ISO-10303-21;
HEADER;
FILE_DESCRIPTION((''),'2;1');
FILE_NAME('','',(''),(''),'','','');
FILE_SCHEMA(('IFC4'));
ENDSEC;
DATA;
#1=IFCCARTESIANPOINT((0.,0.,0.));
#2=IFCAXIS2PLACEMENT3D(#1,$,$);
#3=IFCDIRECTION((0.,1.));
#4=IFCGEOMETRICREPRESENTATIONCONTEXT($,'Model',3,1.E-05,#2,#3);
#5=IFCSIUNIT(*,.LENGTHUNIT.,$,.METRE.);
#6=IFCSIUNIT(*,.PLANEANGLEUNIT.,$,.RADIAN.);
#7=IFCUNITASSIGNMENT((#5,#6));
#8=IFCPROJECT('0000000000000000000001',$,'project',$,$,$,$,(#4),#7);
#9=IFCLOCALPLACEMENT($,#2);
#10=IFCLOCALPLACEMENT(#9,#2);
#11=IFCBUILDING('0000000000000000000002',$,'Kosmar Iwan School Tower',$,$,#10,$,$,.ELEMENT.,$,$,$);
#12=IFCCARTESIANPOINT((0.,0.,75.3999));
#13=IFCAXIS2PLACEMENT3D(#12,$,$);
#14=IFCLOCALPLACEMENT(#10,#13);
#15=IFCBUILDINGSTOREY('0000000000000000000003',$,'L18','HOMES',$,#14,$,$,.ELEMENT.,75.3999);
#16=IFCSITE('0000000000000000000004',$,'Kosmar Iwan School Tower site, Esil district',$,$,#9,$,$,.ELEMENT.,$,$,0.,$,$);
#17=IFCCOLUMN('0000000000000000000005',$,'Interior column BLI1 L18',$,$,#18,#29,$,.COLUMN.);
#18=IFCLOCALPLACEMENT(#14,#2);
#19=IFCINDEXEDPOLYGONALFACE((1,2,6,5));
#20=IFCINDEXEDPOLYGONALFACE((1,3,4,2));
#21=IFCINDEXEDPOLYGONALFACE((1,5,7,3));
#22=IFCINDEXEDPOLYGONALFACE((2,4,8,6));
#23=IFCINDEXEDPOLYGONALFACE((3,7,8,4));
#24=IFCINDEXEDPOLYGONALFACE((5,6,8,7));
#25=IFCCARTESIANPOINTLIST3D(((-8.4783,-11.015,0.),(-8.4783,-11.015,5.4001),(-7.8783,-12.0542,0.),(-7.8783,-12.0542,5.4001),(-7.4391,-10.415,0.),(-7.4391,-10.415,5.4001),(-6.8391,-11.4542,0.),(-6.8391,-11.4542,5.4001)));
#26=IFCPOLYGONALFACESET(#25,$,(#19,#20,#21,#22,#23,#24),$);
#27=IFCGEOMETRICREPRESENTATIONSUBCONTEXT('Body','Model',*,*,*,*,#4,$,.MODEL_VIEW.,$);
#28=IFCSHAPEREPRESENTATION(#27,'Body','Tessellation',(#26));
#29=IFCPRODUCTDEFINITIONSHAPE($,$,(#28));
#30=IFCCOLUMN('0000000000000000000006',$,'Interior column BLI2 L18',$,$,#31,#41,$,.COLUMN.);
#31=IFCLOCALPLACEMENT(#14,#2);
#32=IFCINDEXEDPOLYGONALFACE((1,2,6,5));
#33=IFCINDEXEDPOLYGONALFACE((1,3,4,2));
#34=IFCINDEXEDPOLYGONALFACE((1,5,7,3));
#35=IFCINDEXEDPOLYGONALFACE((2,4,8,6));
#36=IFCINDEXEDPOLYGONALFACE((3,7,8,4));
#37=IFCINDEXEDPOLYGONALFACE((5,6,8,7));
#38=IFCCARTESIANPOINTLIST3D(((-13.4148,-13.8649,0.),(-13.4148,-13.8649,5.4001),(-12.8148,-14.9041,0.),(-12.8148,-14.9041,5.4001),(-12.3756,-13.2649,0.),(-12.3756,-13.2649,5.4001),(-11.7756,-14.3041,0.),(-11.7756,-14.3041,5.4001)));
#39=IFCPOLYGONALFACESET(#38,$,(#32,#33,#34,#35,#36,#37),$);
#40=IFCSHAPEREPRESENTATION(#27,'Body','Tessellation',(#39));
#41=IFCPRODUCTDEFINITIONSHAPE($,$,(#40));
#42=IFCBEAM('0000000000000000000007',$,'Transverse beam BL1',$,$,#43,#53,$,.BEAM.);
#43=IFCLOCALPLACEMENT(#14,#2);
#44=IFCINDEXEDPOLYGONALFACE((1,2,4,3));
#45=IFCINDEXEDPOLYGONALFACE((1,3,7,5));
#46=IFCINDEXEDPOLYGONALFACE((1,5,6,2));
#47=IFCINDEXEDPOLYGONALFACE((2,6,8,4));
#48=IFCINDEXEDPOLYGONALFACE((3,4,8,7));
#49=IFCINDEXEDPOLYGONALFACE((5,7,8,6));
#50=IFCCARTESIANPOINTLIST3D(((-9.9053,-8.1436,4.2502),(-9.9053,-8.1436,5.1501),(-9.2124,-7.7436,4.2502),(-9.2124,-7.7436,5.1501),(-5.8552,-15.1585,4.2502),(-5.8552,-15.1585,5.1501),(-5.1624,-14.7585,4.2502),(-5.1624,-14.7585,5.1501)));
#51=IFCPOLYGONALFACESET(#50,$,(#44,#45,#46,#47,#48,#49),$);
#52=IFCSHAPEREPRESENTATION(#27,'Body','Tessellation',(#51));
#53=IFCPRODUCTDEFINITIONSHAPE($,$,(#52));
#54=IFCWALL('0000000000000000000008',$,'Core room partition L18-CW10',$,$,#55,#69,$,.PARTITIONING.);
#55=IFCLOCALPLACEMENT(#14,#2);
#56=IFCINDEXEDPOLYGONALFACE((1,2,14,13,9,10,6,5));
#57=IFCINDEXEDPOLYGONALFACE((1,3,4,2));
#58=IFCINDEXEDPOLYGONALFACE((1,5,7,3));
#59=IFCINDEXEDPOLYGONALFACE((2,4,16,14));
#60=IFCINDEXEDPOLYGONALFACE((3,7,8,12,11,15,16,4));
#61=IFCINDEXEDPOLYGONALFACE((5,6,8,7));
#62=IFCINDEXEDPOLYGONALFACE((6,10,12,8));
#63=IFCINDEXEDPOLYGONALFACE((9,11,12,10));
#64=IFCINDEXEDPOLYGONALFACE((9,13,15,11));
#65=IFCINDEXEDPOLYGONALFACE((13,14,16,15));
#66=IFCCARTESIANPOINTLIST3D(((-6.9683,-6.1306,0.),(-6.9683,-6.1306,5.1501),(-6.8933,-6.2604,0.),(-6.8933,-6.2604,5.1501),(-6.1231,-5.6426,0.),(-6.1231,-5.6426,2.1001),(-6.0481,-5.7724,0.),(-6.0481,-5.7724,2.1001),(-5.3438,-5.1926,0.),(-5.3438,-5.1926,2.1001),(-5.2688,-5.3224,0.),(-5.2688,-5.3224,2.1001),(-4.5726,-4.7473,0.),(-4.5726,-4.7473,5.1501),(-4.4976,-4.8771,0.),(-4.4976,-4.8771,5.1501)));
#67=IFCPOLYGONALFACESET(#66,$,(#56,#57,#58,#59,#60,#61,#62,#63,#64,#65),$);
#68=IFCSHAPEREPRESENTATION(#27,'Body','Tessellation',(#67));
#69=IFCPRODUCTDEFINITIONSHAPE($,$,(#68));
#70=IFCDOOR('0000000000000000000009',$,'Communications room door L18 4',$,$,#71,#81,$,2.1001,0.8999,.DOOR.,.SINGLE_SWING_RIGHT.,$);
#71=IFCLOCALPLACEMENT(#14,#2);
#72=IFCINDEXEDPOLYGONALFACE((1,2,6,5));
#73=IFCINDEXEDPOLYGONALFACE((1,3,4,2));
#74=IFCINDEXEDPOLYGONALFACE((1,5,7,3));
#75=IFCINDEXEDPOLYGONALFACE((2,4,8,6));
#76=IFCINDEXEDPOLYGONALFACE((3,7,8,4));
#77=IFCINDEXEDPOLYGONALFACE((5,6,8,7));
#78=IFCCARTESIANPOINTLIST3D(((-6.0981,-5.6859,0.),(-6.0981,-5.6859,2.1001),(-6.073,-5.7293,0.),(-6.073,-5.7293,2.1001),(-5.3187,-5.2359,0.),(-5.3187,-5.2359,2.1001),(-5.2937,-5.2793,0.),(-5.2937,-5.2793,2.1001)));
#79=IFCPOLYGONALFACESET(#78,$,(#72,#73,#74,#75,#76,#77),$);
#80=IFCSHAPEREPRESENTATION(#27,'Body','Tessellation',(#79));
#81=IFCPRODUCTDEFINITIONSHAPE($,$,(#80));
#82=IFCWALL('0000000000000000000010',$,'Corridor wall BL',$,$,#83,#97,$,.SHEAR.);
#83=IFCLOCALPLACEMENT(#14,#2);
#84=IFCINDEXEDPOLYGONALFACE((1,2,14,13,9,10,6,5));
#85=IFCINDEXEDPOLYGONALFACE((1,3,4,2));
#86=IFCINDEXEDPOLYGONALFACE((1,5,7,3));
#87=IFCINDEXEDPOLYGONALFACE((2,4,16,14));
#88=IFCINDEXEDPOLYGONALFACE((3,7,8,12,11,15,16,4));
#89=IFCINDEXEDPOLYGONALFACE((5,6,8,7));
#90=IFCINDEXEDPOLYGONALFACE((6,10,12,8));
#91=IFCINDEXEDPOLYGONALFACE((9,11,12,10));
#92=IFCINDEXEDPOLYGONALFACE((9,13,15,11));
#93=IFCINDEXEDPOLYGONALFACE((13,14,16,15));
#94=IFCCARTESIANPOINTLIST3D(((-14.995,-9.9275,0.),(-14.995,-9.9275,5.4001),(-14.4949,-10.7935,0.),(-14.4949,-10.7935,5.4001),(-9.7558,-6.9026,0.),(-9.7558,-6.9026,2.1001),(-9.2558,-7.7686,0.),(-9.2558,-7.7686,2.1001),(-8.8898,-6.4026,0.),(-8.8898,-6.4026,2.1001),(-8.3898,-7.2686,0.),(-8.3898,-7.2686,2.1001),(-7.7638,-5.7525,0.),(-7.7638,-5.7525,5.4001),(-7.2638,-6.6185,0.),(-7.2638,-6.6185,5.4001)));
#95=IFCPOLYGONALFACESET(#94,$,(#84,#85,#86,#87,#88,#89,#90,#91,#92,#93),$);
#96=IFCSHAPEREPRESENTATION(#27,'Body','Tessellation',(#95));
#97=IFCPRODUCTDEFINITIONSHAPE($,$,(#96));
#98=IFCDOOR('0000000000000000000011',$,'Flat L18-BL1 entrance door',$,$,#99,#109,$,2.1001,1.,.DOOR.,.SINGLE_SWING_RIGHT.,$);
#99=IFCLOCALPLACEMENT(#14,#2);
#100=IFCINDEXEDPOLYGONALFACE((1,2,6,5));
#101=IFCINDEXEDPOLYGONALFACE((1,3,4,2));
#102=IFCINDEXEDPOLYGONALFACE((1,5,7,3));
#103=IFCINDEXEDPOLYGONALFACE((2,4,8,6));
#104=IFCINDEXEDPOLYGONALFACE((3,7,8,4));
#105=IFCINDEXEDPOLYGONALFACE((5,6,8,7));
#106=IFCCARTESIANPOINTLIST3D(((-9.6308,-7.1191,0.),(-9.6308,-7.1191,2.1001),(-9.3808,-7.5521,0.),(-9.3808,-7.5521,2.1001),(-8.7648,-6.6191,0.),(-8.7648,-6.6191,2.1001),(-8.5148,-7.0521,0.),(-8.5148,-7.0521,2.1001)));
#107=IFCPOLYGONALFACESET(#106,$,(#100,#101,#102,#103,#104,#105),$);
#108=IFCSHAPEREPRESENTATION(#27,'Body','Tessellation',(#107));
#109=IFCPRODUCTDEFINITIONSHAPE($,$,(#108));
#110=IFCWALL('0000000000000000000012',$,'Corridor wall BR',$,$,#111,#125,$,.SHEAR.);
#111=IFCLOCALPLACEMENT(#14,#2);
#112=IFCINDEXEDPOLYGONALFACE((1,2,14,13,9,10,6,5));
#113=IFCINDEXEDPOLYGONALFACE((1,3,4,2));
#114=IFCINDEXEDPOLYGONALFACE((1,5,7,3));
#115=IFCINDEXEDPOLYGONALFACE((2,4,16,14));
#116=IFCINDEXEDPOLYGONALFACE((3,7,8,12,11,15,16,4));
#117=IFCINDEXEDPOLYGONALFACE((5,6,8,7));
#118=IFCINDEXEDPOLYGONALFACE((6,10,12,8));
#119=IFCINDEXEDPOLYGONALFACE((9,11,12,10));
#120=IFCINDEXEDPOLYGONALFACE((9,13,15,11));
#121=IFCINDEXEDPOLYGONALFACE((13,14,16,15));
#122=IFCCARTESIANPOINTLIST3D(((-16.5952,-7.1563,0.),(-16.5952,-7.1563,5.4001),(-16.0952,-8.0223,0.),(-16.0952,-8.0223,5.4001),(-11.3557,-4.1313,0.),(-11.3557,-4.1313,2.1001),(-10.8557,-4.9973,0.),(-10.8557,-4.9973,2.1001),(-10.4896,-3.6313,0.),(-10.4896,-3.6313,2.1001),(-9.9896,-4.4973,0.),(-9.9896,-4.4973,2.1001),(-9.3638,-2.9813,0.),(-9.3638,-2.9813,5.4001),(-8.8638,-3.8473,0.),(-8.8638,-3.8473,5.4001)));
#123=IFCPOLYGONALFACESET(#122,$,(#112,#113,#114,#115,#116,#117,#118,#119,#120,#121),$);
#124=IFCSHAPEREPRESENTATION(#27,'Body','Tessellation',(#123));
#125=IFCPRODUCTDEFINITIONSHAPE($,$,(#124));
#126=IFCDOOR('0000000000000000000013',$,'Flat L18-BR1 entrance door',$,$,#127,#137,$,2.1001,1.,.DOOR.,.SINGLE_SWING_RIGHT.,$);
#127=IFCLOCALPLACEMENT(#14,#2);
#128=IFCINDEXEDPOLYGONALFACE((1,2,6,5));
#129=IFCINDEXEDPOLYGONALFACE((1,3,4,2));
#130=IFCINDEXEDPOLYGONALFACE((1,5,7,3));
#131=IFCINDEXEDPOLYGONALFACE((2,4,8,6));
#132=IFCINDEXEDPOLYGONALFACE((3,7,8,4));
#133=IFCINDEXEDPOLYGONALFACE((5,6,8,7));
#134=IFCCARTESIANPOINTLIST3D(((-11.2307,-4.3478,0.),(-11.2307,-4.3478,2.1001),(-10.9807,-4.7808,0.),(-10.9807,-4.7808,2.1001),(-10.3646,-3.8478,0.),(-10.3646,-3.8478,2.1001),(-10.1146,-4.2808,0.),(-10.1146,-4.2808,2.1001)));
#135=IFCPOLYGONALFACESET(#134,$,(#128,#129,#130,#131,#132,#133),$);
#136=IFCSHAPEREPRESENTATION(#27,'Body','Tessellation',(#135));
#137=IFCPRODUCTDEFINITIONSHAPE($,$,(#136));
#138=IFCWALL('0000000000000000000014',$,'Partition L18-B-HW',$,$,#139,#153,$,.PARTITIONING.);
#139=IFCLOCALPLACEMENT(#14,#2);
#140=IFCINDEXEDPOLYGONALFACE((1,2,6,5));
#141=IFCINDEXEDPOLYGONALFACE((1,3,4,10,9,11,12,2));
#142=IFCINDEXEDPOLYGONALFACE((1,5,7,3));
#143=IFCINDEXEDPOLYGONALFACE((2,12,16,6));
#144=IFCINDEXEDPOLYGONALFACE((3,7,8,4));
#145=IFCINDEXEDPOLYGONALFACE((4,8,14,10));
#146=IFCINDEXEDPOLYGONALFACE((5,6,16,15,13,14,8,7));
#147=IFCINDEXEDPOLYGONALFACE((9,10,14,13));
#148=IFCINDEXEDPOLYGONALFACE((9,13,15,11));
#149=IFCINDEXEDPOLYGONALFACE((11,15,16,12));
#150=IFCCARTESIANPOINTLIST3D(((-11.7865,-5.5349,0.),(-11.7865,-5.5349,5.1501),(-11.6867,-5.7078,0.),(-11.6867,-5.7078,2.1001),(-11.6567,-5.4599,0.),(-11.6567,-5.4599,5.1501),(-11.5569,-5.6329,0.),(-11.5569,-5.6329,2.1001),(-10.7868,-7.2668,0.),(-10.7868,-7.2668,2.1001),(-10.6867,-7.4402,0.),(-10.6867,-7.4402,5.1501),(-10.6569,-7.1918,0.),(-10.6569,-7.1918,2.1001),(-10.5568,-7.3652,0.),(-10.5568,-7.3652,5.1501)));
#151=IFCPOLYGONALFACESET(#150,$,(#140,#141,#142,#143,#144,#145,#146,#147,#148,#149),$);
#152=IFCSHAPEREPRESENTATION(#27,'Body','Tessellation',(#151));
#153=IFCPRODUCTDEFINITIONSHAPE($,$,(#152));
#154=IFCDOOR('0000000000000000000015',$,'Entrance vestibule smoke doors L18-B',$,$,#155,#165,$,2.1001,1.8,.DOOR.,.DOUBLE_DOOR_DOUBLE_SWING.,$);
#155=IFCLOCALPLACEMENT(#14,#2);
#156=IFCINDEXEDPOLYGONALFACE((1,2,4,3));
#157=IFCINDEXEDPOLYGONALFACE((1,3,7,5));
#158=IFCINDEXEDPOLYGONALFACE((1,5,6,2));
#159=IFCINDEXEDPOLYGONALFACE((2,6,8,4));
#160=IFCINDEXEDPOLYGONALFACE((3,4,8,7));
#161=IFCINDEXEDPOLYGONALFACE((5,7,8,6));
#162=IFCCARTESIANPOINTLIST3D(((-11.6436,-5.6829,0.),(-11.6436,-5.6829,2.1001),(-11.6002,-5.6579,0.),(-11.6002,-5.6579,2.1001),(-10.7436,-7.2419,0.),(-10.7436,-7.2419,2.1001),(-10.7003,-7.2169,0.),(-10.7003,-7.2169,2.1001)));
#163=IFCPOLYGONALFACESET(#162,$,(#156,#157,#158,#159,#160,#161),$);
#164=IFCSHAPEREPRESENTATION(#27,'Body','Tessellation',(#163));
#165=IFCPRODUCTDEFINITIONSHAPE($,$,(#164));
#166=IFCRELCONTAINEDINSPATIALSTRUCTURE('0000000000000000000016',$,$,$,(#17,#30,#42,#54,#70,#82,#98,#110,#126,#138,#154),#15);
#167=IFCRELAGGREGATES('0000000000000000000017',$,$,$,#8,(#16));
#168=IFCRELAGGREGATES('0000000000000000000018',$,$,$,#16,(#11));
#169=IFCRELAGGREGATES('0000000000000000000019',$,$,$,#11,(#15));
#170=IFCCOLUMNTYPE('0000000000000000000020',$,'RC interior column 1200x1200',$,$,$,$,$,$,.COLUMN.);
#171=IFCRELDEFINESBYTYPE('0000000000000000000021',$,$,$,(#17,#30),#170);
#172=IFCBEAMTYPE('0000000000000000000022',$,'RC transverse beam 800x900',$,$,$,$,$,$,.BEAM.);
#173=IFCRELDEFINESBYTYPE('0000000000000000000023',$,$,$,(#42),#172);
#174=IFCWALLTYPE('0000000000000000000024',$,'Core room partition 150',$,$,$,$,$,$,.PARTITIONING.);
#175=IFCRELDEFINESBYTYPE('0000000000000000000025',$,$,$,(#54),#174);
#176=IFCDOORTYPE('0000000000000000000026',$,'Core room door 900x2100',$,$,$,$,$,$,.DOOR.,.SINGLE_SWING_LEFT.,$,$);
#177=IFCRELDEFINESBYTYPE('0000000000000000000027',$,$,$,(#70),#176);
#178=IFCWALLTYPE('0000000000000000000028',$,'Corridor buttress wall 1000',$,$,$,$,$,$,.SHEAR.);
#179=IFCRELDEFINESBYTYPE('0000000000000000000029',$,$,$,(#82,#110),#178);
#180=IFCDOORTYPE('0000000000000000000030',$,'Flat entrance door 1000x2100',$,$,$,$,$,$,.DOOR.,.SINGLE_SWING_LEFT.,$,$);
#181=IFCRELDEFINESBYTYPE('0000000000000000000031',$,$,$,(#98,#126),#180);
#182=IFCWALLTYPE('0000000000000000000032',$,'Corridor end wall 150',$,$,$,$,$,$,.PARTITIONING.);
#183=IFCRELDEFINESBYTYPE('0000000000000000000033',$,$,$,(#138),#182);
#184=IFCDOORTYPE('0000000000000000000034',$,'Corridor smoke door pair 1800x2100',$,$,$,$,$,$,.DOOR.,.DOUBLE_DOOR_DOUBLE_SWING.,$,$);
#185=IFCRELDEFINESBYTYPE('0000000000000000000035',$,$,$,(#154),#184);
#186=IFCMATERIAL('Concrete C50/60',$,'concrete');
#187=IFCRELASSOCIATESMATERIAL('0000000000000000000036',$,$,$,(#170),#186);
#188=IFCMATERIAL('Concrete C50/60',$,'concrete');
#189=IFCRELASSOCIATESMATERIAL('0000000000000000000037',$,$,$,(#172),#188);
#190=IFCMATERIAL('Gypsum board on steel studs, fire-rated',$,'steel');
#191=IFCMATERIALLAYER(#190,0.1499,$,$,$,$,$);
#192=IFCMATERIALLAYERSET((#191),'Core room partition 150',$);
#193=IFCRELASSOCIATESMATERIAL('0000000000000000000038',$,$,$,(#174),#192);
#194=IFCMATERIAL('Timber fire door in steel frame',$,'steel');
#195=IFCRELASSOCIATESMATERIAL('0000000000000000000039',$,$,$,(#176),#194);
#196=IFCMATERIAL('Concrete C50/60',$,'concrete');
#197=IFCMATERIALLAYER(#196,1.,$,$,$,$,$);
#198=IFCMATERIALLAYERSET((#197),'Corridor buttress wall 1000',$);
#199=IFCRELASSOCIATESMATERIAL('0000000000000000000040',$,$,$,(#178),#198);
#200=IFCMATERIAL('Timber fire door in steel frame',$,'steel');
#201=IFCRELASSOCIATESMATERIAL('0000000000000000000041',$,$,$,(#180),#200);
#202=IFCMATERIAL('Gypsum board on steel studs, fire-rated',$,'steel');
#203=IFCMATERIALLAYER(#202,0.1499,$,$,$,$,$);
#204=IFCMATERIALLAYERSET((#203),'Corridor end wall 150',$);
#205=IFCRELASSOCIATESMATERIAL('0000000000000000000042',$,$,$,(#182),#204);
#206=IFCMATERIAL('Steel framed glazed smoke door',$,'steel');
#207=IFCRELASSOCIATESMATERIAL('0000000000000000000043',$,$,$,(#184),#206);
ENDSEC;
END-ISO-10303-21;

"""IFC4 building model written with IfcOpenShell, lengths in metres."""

from ifc_helpers import new_model, si_unit, direction, frame, frame_2d, origin, origin_2d, place, context, subcontext, project, spatial, rectangle, extrude, material, layer, layer_set, material_profile, profile_set, type_object, element, fill, save


model = new_model("IFC4")

# Units and contexts
model_context = context("Model", 3, precision=1e-05, world=origin(), true_north=direction((0.0, 1.0)))
body_context = subcontext(model_context, "Body", "Model", "MODEL_VIEW")
ifc_project = project(units=[si_unit("LENGTHUNIT", "METRE"), si_unit("PLANEANGLEUNIT", "RADIAN")], contexts=[model_context])

# Site, building, storey
site_placement = place(None, origin())
site = spatial("IfcSite", under=ifc_project, at=site_placement, Name="Kosmar Iwan School Tower site, Esil district", CompositionType="ELEMENT", RefElevation=0.0)
building_placement = place(site_placement, origin())
building = spatial("IfcBuilding", under=site, at=building_placement, Name="Kosmar Iwan School Tower", CompositionType="ELEMENT")
storey_placement = place(building_placement, frame((0.0, 0.0, 75.3999)))
storey = spatial("IfcBuildingStorey", under=building, at=storey_placement, Name="L18", Description="HOMES", CompositionType="ELEMENT", Elevation=75.3999)

# Columns
ifc_material_1 = material(Name="Concrete C50/60", Category="concrete")
ifc_material_profile_1 = material_profile(ifc_material_1, rectangle(XDim=1.2, YDim=1.2, at=origin_2d()), Name="RC 1200x1200")
ifc_profile_set_1 = profile_set([ifc_material_profile_1], Name="Concrete C50/60")
column_type = type_object("IfcColumnType", Name="RC interior column 1200x1200", PredefinedType="COLUMN", material=ifc_profile_set_1)
for number, where, z_axis, x_axis, name in (
    (1, (-7.6587, -11.2346, 0.0), (0.0, 0.0, 1.0), (-0.866025, -0.5, 0.0), "Interior column BLI1 L18"),
    (2, (-12.5952, -14.0845, 0.0), (0.0, 0.0, 1.0), (-0.866025, -0.5, 0.0), "Interior column BLI2 L18"),
):
    element("IfcColumn", number, at=place(storey_placement, frame(where, z_axis=z_axis, x_axis=x_axis)), inside=storey, type_object=column_type, Name=name, PredefinedType="COLUMN", context=body_context, shape_type="SweptSolid", body=[
        extrude(rectangle(XDim=1.2, YDim=1.2, at=origin_2d()), origin(), (0.0, 0.0, 1.0), 5.4001),
    ])

# Beam
ifc_material_2 = material(Name="Concrete C50/60", Category="concrete")
ifc_material_profile_2 = material_profile(ifc_material_2, rectangle(XDim=0.8, YDim=0.8999, at=origin_2d()), Name="RC 800x900")
ifc_profile_set_2 = profile_set([ifc_material_profile_2], Name="Concrete C50/60")
beam_type = type_object("IfcBeamType", Name="RC transverse beam 800x900", PredefinedType="BEAM", material=ifc_profile_set_2)
beam_placement = place(storey_placement, frame((-5.5088, -14.9585, 4.7002), z_axis=(-0.5, 0.866025, 0.0), x_axis=(-0.866025, -0.5, 0.0)))
element("IfcBeam", 3, at=beam_placement, inside=storey, type_object=beam_type, Name="Transverse beam BL1", PredefinedType="BEAM", context=body_context, shape_type="SweptSolid", body=[
    extrude(rectangle(XDim=0.8, YDim=0.8999, at=origin_2d()), origin(), (0.0, 0.0, 1.0), 8.1001),
])

# Walls, openings, doors
ifc_material_3 = material(Name="Gypsum board on steel studs, fire-rated", Category="steel")
ifc_layer_1 = layer(ifc_material_3, 0.1499)
ifc_layer_set_1 = layer_set([ifc_layer_1], Name="Core room partition 150")
wall_type_1 = type_object("IfcWallType", Name="Core room partition 150", PredefinedType="PARTITIONING", material=ifc_layer_set_1)
wall_1_placement = place(storey_placement, frame((-6.9309, -6.1956, 0.0), z_axis=(0.0, 0.0, 1.0), x_axis=(0.866008, 0.500031, 0.0)))
wall_1 = element("IfcWall", 4, at=wall_1_placement, inside=storey, type_object=wall_type_1, Name="Core room partition L18-CW10", PredefinedType="PARTITIONING", context=body_context, shape_type="SweptSolid", body=[
    extrude(rectangle(XDim=2.7664, YDim=0.1499, at=frame_2d((1.3833, 0.0))), origin(), (0.0, 0.0, 1.0), 5.1501),
])
opening_1_placement = place(wall_1_placement, frame((0.9761, 0.0, 0.0)))
opening_1 = element("IfcOpeningElement", 5, at=opening_1_placement, cuts=wall_1, PredefinedType="OPENING", context=body_context, shape_type="SweptSolid", body=[
    extrude(rectangle(XDim=0.8999, YDim=2.1001, at=frame_2d((0.45, 1.05))), frame((0.0, 0.0869, 0.0), z_axis=(0.0, -1.0, 0.0), x_axis=(1.0, 0.0, 0.0)), (0.0, 0.0, 1.0), 0.1738),
])
ifc_material_4 = material(Name="Timber fire door in steel frame", Category="steel")
door_type_1 = type_object("IfcDoorType", Name="Core room door 900x2100", OperationType="SINGLE_SWING_LEFT", PredefinedType="DOOR", material=ifc_material_4)
door_1_placement = place(opening_1_placement, origin())
door_1 = element("IfcDoor", 6, at=door_1_placement, inside=storey, type_object=door_type_1, Name="Communications room door L18 4", OperationType="SINGLE_SWING_RIGHT", OverallHeight=2.1001, OverallWidth=0.8999, PredefinedType="DOOR", context=body_context, shape_type="SweptSolid", body=[
    extrude(rectangle(XDim=0.8999, YDim=2.1001, at=frame_2d((0.45, 1.05))), frame((0.0, 0.0249, 0.0), z_axis=(0.0, -1.0, 0.0), x_axis=(1.0, 0.0, 0.0)), (0.0, 0.0, 1.0), 0.05),
])
fill(opening_1, door_1)
ifc_material_5 = material(Name="Concrete C50/60", Category="concrete")
ifc_layer_2 = layer(ifc_material_5, 1.0)
ifc_layer_set_2 = layer_set([ifc_layer_2], Name="Corridor buttress wall 1000")
wall_type_2 = type_object("IfcWallType", Name="Corridor buttress wall 1000", PredefinedType="SHEAR", material=ifc_layer_set_2)
wall_2_placement = place(storey_placement, frame((-7.5139, -6.1855, 0.0), z_axis=(0.0, 0.0, 1.0), x_axis=(-0.86602, -0.50001, 0.0)))
wall_2 = element("IfcWall", 7, at=wall_2_placement, inside=storey, type_object=wall_type_2, Name="Corridor wall BL", PredefinedType="SHEAR", context=body_context, shape_type="SweptSolid", body=[
    extrude(rectangle(XDim=8.3499, YDim=1.0, at=frame_2d((4.1748, 0.0))), origin(), (0.0, 0.0, 1.0), 5.4001),
])
opening_2_placement = place(wall_2_placement, frame((1.3, 0.0, 0.0)))
opening_2 = element("IfcOpeningElement", 8, at=opening_2_placement, cuts=wall_2, PredefinedType="OPENING", context=body_context, shape_type="SweptSolid", body=[
    extrude(rectangle(XDim=1.0, YDim=2.1001, at=frame_2d((0.5, 1.05))), frame((0.0, 0.512, 0.0), z_axis=(0.0, -1.0, 0.0), x_axis=(1.0, 0.0, 0.0)), (0.0, 0.0, 1.0), 1.0239),
])
ifc_material_6 = material(Name="Timber fire door in steel frame", Category="steel")
door_type_2 = type_object("IfcDoorType", Name="Flat entrance door 1000x2100", OperationType="SINGLE_SWING_LEFT", PredefinedType="DOOR", material=ifc_material_6)
door_2_placement = place(opening_2_placement, origin())
door_2 = element("IfcDoor", 9, at=door_2_placement, inside=storey, type_object=door_type_2, Name="Flat L18-BL1 entrance door", OperationType="SINGLE_SWING_RIGHT", OverallHeight=2.1001, OverallWidth=1.0, PredefinedType="DOOR", context=body_context, shape_type="SweptSolid", body=[
    extrude(rectangle(XDim=1.0, YDim=2.1001, at=frame_2d((0.5, 1.05))), frame((0.0, 0.25, 0.0), z_axis=(0.0, -1.0, 0.0), x_axis=(1.0, 0.0, 0.0)), (0.0, 0.0, 1.0), 0.5),
])
fill(opening_2, door_2)
wall_3_placement = place(storey_placement, frame((-9.1138, -3.4143, 0.0), z_axis=(0.0, 0.0, 1.0), x_axis=(-0.866027, -0.499997, 0.0)))
wall_3 = element("IfcWall", 10, at=wall_3_placement, inside=storey, type_object=wall_type_2, Name="Corridor wall BR", PredefinedType="SHEAR", context=body_context, shape_type="SweptSolid", body=[
    extrude(rectangle(XDim=8.3501, YDim=1.0, at=frame_2d((4.175, 0.0))), origin(), (0.0, 0.0, 1.0), 5.4001),
])
opening_3_placement = place(wall_3_placement, frame((1.3, 0.0, 0.0)))
opening_3 = element("IfcOpeningElement", 11, at=opening_3_placement, cuts=wall_3, PredefinedType="OPENING", context=body_context, shape_type="SweptSolid", body=[
    extrude(rectangle(XDim=1.0, YDim=2.1001, at=frame_2d((0.5, 1.05))), frame((0.0, 0.512, 0.0), z_axis=(0.0, -1.0, 0.0), x_axis=(1.0, 0.0, 0.0)), (0.0, 0.0, 1.0), 1.0239),
])
door_3_placement = place(opening_3_placement, origin())
door_3 = element("IfcDoor", 12, at=door_3_placement, inside=storey, type_object=door_type_2, Name="Flat L18-BR1 entrance door", OperationType="SINGLE_SWING_RIGHT", OverallHeight=2.1001, OverallWidth=1.0, PredefinedType="DOOR", context=body_context, shape_type="SweptSolid", body=[
    extrude(rectangle(XDim=1.0, YDim=2.1001, at=frame_2d((0.5, 1.05))), frame((0.0, 0.25, 0.0), z_axis=(0.0, -1.0, 0.0), x_axis=(1.0, 0.0, 0.0)), (0.0, 0.0, 1.0), 0.5),
])
fill(opening_3, door_3)
ifc_material_7 = material(Name="Gypsum board on steel studs, fire-rated", Category="steel")
ifc_layer_3 = layer(ifc_material_7, 0.1499)
ifc_layer_set_3 = layer_set([ifc_layer_3], Name="Corridor end wall 150")
wall_type_3 = type_object("IfcWallType", Name="Corridor end wall 150", PredefinedType="PARTITIONING", material=ifc_layer_set_3)
wall_4_placement = place(storey_placement, frame((-11.7217, -5.4973, 0.0), z_axis=(0.0, 0.0, 1.0), x_axis=(0.499947, -0.866056, 0.0)))
wall_4 = element("IfcWall", 13, at=wall_4_placement, inside=storey, type_object=wall_type_3, Name="Partition L18-B-HW", PredefinedType="PARTITIONING", context=body_context, shape_type="SweptSolid", body=[
    extrude(rectangle(XDim=2.2, YDim=0.1499, at=frame_2d((1.1001, 0.0))), origin(), (0.0, 0.0, 1.0), 5.1501),
])
opening_4_placement = place(wall_4_placement, frame((0.2, 0.0, 0.0)))
opening_4 = element("IfcOpeningElement", 14, at=opening_4_placement, cuts=wall_4, PredefinedType="OPENING", context=body_context, shape_type="SweptSolid", body=[
    extrude(rectangle(XDim=1.8, YDim=2.1001, at=frame_2d((0.8999, 1.05))), frame((0.0, 0.0869, 0.0), z_axis=(0.0, -1.0, 0.0), x_axis=(1.0, 0.0, 0.0)), (0.0, 0.0, 1.0), 0.1738),
])
ifc_material_8 = material(Name="Steel framed glazed smoke door", Category="steel")
door_type_3 = type_object("IfcDoorType", Name="Corridor smoke door pair 1800x2100", OperationType="DOUBLE_DOOR_DOUBLE_SWING", PredefinedType="DOOR", material=ifc_material_8)
door_4_placement = place(opening_4_placement, origin())
door_4 = element("IfcDoor", 15, at=door_4_placement, inside=storey, type_object=door_type_3, Name="Entrance vestibule smoke doors L18-B", OperationType="DOUBLE_DOOR_DOUBLE_SWING", OverallHeight=2.1001, OverallWidth=1.8, PredefinedType="DOOR", context=body_context, shape_type="SweptSolid", body=[
    extrude(rectangle(XDim=1.8, YDim=2.1001, at=frame_2d((0.8999, 1.05))), frame((0.0, 0.0249, 0.0), z_axis=(0.0, -1.0, 0.0), x_axis=(1.0, 0.0, 0.0)), (0.0, 0.0, 1.0), 0.05),
])
fill(opening_4, door_4)

save(model, "model.ifc")
